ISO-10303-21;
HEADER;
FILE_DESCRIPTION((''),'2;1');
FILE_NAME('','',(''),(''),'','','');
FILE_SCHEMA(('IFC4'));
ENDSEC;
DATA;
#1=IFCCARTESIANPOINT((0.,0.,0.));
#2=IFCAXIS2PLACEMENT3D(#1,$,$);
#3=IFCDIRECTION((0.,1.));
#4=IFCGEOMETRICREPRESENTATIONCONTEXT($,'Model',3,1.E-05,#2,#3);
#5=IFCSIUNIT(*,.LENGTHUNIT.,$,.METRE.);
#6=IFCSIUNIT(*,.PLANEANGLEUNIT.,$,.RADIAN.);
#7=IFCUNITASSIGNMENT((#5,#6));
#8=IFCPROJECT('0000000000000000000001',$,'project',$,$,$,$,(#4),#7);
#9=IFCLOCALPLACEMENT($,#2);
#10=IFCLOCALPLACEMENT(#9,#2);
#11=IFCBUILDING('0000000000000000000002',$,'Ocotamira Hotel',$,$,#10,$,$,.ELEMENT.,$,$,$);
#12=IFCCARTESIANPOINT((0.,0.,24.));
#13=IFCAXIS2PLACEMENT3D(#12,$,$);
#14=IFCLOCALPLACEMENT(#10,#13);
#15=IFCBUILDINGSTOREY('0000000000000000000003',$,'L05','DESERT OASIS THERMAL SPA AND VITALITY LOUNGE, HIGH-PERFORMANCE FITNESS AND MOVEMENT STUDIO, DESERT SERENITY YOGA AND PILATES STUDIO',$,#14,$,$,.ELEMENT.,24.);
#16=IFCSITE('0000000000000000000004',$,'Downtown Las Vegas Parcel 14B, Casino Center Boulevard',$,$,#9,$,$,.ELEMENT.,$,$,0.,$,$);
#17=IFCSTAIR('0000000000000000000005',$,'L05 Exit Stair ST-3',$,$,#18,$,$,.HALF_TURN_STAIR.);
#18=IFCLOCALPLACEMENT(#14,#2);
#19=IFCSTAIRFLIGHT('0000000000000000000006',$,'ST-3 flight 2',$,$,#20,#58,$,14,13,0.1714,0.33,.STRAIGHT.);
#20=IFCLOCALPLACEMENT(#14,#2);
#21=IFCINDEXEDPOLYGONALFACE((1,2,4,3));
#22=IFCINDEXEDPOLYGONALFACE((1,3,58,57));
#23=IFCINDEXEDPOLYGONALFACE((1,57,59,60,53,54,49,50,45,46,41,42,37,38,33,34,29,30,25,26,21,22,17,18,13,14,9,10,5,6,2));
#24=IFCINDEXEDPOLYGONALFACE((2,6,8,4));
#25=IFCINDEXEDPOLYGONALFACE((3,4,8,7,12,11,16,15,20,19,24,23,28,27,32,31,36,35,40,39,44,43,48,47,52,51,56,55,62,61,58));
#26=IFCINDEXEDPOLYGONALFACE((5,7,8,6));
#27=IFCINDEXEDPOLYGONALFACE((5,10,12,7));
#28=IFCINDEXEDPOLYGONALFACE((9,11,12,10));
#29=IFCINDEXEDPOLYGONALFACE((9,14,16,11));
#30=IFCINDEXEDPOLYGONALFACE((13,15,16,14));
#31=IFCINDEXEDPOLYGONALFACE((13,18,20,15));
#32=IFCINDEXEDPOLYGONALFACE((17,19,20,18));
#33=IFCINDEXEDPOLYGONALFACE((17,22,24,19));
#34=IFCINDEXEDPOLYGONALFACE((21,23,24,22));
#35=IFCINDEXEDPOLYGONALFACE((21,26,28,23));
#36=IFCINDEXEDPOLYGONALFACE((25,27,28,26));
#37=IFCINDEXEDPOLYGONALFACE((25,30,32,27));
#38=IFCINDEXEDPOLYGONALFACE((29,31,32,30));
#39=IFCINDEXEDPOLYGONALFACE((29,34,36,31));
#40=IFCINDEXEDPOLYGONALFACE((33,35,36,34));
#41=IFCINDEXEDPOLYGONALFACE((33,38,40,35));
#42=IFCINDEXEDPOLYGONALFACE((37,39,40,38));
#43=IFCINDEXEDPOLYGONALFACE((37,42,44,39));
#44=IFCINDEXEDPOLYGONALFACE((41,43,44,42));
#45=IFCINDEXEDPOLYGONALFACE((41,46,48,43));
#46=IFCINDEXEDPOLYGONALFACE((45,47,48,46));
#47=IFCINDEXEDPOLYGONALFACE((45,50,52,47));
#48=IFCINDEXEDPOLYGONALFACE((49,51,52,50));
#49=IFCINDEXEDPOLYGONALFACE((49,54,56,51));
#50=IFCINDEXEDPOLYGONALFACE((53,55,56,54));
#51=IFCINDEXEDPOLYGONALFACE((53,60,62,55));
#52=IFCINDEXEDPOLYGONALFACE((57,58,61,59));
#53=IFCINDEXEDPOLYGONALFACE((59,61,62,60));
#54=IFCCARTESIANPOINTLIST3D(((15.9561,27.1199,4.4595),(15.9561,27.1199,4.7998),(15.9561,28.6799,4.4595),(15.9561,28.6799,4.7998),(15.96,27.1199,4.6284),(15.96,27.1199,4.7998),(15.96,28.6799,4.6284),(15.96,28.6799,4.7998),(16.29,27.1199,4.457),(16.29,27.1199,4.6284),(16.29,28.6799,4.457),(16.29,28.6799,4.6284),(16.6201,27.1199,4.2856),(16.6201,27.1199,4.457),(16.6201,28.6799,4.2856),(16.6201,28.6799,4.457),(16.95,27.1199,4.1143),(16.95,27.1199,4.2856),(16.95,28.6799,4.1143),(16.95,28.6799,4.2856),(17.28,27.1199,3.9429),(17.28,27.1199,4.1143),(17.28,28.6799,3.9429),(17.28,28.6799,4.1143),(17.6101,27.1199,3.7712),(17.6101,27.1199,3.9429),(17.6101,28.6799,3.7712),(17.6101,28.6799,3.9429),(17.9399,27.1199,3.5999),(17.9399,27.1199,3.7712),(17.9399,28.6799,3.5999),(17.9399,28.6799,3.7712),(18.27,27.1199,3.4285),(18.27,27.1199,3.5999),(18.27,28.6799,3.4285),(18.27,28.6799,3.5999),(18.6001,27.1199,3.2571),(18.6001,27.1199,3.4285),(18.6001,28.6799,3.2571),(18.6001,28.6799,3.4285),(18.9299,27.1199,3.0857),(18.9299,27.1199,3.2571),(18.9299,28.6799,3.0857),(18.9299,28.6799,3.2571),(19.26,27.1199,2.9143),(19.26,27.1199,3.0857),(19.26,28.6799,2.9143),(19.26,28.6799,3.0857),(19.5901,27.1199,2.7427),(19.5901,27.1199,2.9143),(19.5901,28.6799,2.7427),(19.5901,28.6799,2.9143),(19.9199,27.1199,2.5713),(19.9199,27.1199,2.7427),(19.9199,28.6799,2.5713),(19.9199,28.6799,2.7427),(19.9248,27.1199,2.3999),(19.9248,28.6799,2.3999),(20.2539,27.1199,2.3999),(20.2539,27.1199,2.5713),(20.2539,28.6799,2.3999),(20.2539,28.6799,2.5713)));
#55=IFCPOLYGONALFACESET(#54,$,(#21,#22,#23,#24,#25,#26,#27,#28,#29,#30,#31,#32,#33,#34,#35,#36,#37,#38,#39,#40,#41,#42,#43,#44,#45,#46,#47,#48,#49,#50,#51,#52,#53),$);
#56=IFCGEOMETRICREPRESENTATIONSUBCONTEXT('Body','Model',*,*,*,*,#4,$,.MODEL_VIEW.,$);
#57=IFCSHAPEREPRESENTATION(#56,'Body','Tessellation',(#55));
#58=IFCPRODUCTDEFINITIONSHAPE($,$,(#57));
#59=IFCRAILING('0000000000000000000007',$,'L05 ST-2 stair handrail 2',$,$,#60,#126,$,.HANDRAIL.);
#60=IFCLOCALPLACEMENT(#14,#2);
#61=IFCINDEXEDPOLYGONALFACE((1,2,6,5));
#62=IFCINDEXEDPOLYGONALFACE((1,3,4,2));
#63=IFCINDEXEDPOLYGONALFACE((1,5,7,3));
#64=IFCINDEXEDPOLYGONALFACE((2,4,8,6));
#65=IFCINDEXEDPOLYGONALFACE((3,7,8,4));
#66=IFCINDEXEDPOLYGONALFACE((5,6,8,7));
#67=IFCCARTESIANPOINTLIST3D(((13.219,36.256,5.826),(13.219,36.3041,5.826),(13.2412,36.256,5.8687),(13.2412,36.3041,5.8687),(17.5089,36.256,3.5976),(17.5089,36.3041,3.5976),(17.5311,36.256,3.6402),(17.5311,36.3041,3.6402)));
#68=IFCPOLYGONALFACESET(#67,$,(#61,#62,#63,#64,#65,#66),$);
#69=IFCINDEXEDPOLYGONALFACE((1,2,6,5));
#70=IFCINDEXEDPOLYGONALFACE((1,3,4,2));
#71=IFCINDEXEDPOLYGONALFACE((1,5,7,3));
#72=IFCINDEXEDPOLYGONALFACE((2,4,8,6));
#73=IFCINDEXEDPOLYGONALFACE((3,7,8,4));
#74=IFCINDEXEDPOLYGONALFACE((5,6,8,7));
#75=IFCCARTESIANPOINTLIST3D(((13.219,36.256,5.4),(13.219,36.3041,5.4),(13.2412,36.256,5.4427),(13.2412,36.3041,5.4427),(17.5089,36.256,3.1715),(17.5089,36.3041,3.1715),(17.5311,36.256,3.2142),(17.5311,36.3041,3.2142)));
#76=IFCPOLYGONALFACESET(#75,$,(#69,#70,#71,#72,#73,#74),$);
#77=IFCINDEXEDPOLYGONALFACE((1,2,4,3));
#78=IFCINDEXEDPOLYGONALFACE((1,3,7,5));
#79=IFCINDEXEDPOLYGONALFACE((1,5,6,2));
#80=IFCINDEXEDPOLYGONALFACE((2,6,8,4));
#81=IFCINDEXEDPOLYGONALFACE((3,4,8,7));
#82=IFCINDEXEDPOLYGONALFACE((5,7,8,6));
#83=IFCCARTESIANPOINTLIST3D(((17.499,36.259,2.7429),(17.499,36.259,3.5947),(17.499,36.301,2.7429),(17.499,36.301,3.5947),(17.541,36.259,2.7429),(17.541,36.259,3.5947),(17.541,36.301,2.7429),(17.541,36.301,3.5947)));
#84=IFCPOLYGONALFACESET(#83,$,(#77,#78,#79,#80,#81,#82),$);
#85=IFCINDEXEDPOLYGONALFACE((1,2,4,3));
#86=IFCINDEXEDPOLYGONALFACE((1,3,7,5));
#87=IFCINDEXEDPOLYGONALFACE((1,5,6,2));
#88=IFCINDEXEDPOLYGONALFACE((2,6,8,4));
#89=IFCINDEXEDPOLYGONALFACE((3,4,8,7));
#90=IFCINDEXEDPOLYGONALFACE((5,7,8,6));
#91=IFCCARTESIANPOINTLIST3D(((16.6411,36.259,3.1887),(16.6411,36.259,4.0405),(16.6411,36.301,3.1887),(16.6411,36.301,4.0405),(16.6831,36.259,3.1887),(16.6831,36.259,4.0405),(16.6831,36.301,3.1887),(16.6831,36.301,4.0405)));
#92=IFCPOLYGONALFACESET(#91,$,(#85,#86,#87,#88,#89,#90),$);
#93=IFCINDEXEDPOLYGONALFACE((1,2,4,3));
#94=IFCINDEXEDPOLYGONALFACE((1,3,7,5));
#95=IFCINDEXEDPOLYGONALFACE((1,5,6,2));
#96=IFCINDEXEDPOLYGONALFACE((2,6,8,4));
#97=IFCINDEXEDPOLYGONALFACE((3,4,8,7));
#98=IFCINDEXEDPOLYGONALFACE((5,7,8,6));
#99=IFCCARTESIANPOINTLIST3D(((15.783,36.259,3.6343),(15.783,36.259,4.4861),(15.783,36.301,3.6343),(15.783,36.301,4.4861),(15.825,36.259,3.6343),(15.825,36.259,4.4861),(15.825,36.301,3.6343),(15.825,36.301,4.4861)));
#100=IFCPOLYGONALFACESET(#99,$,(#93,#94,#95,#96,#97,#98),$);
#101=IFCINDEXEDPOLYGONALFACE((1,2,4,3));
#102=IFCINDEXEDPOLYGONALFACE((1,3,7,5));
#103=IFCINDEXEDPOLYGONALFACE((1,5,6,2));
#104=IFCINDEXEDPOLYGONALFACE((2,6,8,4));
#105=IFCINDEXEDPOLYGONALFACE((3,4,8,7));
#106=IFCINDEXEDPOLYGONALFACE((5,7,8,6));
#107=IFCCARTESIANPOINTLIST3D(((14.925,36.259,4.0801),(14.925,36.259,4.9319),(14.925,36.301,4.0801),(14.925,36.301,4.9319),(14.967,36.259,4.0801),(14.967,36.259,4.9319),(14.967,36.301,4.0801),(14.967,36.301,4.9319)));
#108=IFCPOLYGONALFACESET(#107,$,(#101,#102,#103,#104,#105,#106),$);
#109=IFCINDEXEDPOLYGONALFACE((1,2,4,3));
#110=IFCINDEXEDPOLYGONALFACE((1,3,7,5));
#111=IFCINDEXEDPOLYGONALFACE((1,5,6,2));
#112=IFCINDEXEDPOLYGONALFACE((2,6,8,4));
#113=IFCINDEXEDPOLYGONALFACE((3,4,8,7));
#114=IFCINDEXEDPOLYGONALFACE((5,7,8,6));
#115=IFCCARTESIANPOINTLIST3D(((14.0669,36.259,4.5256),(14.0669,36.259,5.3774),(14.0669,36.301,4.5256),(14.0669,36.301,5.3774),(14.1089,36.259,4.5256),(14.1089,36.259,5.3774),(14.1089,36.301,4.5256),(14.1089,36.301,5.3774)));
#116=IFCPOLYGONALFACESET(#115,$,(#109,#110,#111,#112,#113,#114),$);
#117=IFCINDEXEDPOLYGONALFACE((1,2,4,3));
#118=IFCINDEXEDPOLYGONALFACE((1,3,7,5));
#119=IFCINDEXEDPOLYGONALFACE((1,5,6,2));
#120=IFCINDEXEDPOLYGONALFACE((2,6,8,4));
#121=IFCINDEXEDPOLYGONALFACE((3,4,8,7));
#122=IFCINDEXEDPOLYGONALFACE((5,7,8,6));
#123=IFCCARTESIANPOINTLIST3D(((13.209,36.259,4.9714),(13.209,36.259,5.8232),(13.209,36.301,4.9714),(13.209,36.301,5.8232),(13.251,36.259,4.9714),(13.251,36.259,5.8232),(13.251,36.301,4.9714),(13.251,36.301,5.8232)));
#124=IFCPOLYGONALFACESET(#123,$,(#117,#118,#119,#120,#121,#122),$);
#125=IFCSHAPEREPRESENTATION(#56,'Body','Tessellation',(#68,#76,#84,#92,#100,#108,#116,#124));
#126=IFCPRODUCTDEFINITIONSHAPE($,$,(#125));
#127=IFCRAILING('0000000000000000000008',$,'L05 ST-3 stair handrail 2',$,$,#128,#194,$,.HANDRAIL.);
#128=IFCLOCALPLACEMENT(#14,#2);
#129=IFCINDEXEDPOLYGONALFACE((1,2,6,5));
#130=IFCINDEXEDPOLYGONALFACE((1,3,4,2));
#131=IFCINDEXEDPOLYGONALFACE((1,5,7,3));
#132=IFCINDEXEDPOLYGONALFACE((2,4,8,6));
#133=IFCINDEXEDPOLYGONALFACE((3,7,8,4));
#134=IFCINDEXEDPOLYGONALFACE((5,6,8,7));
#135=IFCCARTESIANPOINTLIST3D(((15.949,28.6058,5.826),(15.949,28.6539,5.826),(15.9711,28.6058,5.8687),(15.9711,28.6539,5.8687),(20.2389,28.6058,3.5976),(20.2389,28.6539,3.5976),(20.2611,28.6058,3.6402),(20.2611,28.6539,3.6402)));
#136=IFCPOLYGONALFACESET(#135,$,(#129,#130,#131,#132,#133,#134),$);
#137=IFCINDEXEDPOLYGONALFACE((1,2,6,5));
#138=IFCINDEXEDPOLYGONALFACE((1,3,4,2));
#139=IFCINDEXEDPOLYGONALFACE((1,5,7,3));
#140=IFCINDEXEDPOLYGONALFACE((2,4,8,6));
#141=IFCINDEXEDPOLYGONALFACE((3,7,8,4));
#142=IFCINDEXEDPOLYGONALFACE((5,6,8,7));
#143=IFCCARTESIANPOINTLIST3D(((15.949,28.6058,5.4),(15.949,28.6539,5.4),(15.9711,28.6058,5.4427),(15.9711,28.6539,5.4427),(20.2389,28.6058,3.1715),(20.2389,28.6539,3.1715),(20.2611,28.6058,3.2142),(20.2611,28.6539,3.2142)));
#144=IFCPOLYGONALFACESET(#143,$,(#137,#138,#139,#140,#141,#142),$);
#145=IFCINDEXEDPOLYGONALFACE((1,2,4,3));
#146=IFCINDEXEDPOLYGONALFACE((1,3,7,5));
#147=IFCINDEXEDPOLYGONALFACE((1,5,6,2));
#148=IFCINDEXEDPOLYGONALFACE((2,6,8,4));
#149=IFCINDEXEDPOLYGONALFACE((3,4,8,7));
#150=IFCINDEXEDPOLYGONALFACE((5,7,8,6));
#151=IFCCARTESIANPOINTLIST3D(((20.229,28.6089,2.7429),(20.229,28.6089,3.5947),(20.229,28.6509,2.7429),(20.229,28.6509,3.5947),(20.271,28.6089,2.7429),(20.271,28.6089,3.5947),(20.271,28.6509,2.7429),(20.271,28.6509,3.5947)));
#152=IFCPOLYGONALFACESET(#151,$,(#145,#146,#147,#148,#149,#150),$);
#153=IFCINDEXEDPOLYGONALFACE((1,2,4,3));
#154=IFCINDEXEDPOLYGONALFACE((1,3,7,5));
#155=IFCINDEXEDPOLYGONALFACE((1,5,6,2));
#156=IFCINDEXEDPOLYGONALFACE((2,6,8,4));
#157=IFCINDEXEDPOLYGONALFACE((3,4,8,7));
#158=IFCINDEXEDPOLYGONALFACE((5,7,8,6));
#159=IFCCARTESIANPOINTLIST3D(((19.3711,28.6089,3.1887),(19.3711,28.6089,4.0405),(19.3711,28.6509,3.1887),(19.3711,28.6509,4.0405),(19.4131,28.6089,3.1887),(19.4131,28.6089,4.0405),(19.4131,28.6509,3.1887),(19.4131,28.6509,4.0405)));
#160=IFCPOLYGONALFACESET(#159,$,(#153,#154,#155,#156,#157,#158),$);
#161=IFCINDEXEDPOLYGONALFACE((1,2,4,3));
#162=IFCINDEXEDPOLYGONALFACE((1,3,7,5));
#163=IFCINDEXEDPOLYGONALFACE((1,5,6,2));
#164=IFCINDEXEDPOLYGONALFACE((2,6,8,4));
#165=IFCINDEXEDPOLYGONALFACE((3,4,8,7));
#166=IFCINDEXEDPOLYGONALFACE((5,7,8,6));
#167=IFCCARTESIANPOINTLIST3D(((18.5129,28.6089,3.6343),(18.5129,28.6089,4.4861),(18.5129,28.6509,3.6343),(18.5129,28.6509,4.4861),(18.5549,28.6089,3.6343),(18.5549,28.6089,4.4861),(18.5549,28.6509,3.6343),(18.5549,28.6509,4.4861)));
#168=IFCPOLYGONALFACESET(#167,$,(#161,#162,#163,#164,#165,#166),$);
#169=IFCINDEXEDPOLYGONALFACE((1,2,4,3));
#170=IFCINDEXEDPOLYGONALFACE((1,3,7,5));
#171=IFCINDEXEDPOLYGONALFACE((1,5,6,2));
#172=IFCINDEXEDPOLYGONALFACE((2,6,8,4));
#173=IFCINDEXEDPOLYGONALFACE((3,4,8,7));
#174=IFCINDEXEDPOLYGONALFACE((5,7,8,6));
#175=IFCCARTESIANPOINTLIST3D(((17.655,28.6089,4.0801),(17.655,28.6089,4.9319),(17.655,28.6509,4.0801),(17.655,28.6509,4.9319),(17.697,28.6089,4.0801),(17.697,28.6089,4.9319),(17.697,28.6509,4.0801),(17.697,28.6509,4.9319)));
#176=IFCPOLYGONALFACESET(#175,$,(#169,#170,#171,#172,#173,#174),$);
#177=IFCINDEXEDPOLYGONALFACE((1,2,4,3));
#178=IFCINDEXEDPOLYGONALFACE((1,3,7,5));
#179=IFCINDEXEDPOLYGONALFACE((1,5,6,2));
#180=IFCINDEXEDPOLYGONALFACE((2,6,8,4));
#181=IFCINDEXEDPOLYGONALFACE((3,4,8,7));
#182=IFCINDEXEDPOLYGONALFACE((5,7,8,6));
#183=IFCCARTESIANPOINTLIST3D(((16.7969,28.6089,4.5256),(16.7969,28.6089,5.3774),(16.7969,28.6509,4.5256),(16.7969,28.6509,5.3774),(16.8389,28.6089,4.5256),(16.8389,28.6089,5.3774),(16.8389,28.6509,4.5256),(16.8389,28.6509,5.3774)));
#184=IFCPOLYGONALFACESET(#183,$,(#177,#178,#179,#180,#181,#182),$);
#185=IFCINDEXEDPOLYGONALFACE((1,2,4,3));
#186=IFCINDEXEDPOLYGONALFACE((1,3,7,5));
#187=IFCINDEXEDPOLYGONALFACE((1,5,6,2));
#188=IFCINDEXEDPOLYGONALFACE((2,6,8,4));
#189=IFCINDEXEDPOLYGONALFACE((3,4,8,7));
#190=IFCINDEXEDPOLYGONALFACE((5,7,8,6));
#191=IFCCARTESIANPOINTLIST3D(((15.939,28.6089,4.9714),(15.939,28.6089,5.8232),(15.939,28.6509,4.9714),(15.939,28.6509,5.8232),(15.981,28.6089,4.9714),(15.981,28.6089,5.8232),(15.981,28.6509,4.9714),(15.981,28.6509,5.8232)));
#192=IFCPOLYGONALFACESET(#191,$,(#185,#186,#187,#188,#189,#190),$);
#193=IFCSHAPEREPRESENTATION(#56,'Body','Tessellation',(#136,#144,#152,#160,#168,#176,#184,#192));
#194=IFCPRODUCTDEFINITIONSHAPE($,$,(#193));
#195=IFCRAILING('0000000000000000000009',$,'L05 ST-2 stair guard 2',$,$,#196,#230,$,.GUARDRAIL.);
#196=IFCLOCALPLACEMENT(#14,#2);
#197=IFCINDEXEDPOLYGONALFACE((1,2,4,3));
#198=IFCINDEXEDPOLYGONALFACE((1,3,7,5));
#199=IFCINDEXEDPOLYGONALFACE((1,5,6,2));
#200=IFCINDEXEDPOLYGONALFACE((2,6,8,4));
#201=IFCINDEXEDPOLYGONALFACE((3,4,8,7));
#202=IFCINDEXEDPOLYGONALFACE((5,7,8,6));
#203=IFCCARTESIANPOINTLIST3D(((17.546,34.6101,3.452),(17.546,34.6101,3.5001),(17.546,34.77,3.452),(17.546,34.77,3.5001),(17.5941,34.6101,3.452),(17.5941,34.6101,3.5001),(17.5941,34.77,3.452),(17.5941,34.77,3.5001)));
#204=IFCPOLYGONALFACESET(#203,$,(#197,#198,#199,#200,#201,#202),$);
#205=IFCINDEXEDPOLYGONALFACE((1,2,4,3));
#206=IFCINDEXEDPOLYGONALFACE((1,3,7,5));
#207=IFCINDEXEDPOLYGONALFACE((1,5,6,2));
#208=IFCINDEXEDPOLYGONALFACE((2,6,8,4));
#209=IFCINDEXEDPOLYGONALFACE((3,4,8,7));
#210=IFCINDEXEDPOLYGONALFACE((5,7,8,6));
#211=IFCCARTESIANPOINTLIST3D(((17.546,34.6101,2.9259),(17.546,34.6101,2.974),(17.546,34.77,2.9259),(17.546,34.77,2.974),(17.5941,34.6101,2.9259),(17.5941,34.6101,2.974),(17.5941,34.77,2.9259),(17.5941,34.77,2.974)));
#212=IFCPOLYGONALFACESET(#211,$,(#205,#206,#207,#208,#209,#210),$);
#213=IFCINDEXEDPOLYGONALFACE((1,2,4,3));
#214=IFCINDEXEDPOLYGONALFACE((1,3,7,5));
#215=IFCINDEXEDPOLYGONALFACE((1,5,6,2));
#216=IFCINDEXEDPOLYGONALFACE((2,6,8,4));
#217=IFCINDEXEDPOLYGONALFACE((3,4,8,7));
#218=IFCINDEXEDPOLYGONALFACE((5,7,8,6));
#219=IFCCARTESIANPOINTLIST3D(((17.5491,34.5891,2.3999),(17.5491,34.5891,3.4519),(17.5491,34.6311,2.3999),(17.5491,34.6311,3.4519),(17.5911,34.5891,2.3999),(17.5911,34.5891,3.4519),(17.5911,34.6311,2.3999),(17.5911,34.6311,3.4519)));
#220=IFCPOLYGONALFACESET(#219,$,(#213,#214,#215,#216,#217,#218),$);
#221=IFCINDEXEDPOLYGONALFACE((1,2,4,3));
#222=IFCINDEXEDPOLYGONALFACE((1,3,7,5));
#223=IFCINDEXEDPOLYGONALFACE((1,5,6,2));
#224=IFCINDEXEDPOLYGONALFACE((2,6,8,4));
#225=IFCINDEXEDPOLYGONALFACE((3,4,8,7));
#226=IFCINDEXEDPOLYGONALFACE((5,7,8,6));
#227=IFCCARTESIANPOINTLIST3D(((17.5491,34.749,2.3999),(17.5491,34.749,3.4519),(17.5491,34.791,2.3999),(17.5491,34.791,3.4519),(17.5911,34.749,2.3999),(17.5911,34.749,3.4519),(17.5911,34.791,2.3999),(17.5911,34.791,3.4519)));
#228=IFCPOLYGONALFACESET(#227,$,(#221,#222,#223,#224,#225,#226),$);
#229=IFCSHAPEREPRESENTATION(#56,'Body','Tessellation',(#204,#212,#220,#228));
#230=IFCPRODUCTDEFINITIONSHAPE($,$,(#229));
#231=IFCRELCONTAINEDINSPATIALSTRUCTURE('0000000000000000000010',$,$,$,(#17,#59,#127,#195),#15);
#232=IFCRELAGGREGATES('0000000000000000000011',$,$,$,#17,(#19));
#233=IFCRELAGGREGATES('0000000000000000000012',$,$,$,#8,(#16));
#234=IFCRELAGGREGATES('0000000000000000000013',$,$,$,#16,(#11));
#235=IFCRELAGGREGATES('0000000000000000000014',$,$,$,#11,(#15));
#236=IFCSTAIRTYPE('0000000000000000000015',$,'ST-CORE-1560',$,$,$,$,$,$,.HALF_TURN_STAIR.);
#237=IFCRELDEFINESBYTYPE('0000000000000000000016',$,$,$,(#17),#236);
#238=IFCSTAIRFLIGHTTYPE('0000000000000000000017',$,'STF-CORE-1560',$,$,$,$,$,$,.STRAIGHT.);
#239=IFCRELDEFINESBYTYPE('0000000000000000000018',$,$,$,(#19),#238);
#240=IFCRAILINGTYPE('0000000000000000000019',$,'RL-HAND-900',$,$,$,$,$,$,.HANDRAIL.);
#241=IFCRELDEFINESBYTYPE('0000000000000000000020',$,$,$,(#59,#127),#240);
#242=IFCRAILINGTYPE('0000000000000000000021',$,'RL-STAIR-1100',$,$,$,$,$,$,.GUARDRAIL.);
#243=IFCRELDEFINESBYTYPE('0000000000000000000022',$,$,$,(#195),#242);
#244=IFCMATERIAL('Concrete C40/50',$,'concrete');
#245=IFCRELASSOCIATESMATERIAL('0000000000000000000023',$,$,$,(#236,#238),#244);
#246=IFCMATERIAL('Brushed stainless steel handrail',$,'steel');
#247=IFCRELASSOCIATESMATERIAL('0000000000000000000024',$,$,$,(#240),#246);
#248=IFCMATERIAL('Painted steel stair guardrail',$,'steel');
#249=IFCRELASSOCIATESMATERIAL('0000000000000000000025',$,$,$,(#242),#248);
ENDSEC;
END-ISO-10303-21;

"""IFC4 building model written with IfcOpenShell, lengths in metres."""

from ifc_helpers import new_model, si_unit, direction, frame, origin, origin_2d, place, context, subcontext, project, spatial, polyline, rectangle, outline, extrude, source, transform, mapped, material, type_object, element, aggregate, save


model = new_model("IFC4")

# Units and contexts
model_context = context("Model", 3, precision=1e-05, world=origin(), true_north=direction((0.0, 1.0)))
body_context = subcontext(model_context, "Body", "Model", "MODEL_VIEW")
ifc_project = project(units=[si_unit("LENGTHUNIT", "METRE"), si_unit("PLANEANGLEUNIT", "RADIAN")], contexts=[model_context])

# Site, building, storey
site_placement = place(None, origin())
site = spatial("IfcSite", under=ifc_project, at=site_placement, Name="Downtown Las Vegas Parcel 14B, Casino Center Boulevard", CompositionType="ELEMENT", RefElevation=0.0)
building_placement = place(site_placement, origin())
building = spatial("IfcBuilding", under=site, at=building_placement, Name="Ocotamira Hotel", CompositionType="ELEMENT")
storey_placement = place(building_placement, frame((0.0, 0.0, 24.0)))
storey = spatial("IfcBuildingStorey", under=building, at=storey_placement, Name="L05", Description="DESERT OASIS THERMAL SPA AND VITALITY LOUNGE, HIGH-PERFORMANCE FITNESS AND MOVEMENT STUDIO, DESERT SERENITY YOGA AND PILATES STUDIO", CompositionType="ELEMENT", Elevation=24.0)

# Stair, stair flight
ifc_material_1 = material(Name="Concrete C40/50", Category="concrete")
stair_type = type_object("IfcStairType", Name="ST-CORE-1560", PredefinedType="HALF_TURN_STAIR", material=ifc_material_1)
stair_placement = place(storey_placement, origin())
stair = element("IfcStair", 1, at=stair_placement, inside=storey, type_object=stair_type, Name="L05 Exit Stair ST-3", PredefinedType="HALF_TURN_STAIR")
stair_flight_type = type_object("IfcStairFlightType", Name="STF-CORE-1560", PredefinedType="STRAIGHT", material=ifc_material_1)
shared_shape_1 = source(origin(), body_context, "Body", "SweptSolid", [
    extrude(outline(polyline([(-0.0039, 0.0), (-0.0039, 0.1714), (0.3301, 0.1714), (0.3301, 0.3428), (0.6599, 0.3428), (0.6599, 0.5144), (0.99, 0.5144), (0.99, 0.6858), (1.3201, 0.6858), (1.3201, 0.8572), (1.6499, 0.8572), (1.6499, 1.0286), (1.98, 1.0286), (1.98, 1.2), (2.3101, 1.2), (2.3101, 1.3713), (2.6399, 1.3713), (2.6399, 1.543), (2.97, 1.543), (2.97, 1.7144), (3.3, 1.7144), (3.3, 1.8857), (3.6299, 1.8857), (3.6299, 2.0571), (3.96, 2.0571), (3.96, 2.2285), (4.29, 2.2285), (4.29, 2.3999), (4.2939, 2.3999), (4.2939, 2.0596), (0.3252, 0.0), (-0.0039, 0.0)])), frame((0.0, 0.78, 0.0), z_axis=(0.0, -1.0, 0.0), x_axis=(1.0, 0.0, 0.0)), (0.0, 0.0, 1.0), 1.5601),
])
stair_flight_placement = place(storey_placement, frame((20.25, 27.8999, 2.3999), z_axis=(0.0, 0.0, 1.0), x_axis=(-1.0, 0.0, 0.0)))
stair_flight = element("IfcStairFlight", 2, at=stair_flight_placement, type_object=stair_flight_type, Name="ST-3 flight 2", NumberOfRisers=14, NumberOfTreads=13, PredefinedType="STRAIGHT", RiserHeight=0.1714, TreadLength=0.33, context=body_context, shape_type="MappedRepresentation", body=[
    mapped(shared_shape_1, transform((0.0, 0.0, 0.0), scale=1.0)),
])
aggregate(stair, [stair_flight])

# Railings
ifc_material_2 = material(Name="Brushed stainless steel handrail", Category="steel")
railing_type_1 = type_object("IfcRailingType", Name="RL-HAND-900", PredefinedType="HANDRAIL", material=ifc_material_2)
for number, where, name in (
    (3, (17.52, 36.28, 2.7429), "L05 ST-2 stair handrail 2"),
    (4, (20.25, 28.6299, 2.7429), "L05 ST-3 stair handrail 2"),
):
    element("IfcRailing", number, at=place(storey_placement, frame(where)), inside=storey, type_object=railing_type_1, Name=name, PredefinedType="HANDRAIL", context=body_context, shape_type="SweptSolid", body=[
        extrude(rectangle(XDim=0.0481, YDim=0.0481, at=origin_2d()), frame((0.0, 0.0, 0.876), z_axis=(-0.887412, 0.0, 0.460977), x_axis=(0.0, -1.0, 0.0)), (0.0, 0.0, 1.0), 4.8342),
        extrude(rectangle(XDim=0.0481, YDim=0.0481, at=origin_2d()), frame((0.0, 0.0, 0.45), z_axis=(-0.887412, 0.0, 0.460977), x_axis=(0.0, -1.0, 0.0)), (0.0, 0.0, 1.0), 4.8342),
        extrude(rectangle(XDim=0.042, YDim=0.042, at=origin_2d()), origin(), (0.0, 0.0, 1.0), 0.8518),
        extrude(rectangle(XDim=0.042, YDim=0.042, at=origin_2d()), frame((-0.8579, 0.0, 0.4458)), (0.0, 0.0, 1.0), 0.8518),
        extrude(rectangle(XDim=0.042, YDim=0.042, at=origin_2d()), frame((-1.7161, 0.0, 0.8914)), (0.0, 0.0, 1.0), 0.8518),
        extrude(rectangle(XDim=0.042, YDim=0.042, at=origin_2d()), frame((-2.574, 0.0, 1.3372)), (0.0, 0.0, 1.0), 0.8518),
        extrude(rectangle(XDim=0.042, YDim=0.042, at=origin_2d()), frame((-3.4321, 0.0, 1.7827)), (0.0, 0.0, 1.0), 0.8518),
        extrude(rectangle(XDim=0.042, YDim=0.042, at=origin_2d()), frame((-4.29, 0.0, 2.2285)), (0.0, 0.0, 1.0), 0.8518),
    ])
ifc_material_3 = material(Name="Painted steel stair guardrail", Category="steel")
railing_type_2 = type_object("IfcRailingType", Name="RL-STAIR-1100", PredefinedType="GUARDRAIL", material=ifc_material_3)
railing_1_placement = place(storey_placement, frame((17.5701, 34.6101, 2.3999)))
element("IfcRailing", 5, at=railing_1_placement, inside=storey, type_object=railing_type_2, Name="L05 ST-2 stair guard 2", PredefinedType="GUARDRAIL", context=body_context, shape_type="SweptSolid", body=[
    extrude(rectangle(XDim=0.0481, YDim=0.0481, at=origin_2d()), frame((0.0, 0.0, 1.0762), z_axis=(0.0, 1.0, 0.0), x_axis=(-1.0, 0.0, 0.0)), (0.0, 0.0, 1.0), 0.1599),
    extrude(rectangle(XDim=0.0481, YDim=0.0481, at=origin_2d()), frame((0.0, 0.0, 0.55), z_axis=(0.0, 1.0, 0.0), x_axis=(-1.0, 0.0, 0.0)), (0.0, 0.0, 1.0), 0.1599),
    extrude(rectangle(XDim=0.042, YDim=0.042, at=origin_2d()), origin(), (0.0, 0.0, 1.0), 1.052),
    extrude(rectangle(XDim=0.042, YDim=0.042, at=origin_2d()), frame((0.0, 0.1599, 0.0)), (0.0, 0.0, 1.0), 1.052),
])

save(model, "model.ifc")
